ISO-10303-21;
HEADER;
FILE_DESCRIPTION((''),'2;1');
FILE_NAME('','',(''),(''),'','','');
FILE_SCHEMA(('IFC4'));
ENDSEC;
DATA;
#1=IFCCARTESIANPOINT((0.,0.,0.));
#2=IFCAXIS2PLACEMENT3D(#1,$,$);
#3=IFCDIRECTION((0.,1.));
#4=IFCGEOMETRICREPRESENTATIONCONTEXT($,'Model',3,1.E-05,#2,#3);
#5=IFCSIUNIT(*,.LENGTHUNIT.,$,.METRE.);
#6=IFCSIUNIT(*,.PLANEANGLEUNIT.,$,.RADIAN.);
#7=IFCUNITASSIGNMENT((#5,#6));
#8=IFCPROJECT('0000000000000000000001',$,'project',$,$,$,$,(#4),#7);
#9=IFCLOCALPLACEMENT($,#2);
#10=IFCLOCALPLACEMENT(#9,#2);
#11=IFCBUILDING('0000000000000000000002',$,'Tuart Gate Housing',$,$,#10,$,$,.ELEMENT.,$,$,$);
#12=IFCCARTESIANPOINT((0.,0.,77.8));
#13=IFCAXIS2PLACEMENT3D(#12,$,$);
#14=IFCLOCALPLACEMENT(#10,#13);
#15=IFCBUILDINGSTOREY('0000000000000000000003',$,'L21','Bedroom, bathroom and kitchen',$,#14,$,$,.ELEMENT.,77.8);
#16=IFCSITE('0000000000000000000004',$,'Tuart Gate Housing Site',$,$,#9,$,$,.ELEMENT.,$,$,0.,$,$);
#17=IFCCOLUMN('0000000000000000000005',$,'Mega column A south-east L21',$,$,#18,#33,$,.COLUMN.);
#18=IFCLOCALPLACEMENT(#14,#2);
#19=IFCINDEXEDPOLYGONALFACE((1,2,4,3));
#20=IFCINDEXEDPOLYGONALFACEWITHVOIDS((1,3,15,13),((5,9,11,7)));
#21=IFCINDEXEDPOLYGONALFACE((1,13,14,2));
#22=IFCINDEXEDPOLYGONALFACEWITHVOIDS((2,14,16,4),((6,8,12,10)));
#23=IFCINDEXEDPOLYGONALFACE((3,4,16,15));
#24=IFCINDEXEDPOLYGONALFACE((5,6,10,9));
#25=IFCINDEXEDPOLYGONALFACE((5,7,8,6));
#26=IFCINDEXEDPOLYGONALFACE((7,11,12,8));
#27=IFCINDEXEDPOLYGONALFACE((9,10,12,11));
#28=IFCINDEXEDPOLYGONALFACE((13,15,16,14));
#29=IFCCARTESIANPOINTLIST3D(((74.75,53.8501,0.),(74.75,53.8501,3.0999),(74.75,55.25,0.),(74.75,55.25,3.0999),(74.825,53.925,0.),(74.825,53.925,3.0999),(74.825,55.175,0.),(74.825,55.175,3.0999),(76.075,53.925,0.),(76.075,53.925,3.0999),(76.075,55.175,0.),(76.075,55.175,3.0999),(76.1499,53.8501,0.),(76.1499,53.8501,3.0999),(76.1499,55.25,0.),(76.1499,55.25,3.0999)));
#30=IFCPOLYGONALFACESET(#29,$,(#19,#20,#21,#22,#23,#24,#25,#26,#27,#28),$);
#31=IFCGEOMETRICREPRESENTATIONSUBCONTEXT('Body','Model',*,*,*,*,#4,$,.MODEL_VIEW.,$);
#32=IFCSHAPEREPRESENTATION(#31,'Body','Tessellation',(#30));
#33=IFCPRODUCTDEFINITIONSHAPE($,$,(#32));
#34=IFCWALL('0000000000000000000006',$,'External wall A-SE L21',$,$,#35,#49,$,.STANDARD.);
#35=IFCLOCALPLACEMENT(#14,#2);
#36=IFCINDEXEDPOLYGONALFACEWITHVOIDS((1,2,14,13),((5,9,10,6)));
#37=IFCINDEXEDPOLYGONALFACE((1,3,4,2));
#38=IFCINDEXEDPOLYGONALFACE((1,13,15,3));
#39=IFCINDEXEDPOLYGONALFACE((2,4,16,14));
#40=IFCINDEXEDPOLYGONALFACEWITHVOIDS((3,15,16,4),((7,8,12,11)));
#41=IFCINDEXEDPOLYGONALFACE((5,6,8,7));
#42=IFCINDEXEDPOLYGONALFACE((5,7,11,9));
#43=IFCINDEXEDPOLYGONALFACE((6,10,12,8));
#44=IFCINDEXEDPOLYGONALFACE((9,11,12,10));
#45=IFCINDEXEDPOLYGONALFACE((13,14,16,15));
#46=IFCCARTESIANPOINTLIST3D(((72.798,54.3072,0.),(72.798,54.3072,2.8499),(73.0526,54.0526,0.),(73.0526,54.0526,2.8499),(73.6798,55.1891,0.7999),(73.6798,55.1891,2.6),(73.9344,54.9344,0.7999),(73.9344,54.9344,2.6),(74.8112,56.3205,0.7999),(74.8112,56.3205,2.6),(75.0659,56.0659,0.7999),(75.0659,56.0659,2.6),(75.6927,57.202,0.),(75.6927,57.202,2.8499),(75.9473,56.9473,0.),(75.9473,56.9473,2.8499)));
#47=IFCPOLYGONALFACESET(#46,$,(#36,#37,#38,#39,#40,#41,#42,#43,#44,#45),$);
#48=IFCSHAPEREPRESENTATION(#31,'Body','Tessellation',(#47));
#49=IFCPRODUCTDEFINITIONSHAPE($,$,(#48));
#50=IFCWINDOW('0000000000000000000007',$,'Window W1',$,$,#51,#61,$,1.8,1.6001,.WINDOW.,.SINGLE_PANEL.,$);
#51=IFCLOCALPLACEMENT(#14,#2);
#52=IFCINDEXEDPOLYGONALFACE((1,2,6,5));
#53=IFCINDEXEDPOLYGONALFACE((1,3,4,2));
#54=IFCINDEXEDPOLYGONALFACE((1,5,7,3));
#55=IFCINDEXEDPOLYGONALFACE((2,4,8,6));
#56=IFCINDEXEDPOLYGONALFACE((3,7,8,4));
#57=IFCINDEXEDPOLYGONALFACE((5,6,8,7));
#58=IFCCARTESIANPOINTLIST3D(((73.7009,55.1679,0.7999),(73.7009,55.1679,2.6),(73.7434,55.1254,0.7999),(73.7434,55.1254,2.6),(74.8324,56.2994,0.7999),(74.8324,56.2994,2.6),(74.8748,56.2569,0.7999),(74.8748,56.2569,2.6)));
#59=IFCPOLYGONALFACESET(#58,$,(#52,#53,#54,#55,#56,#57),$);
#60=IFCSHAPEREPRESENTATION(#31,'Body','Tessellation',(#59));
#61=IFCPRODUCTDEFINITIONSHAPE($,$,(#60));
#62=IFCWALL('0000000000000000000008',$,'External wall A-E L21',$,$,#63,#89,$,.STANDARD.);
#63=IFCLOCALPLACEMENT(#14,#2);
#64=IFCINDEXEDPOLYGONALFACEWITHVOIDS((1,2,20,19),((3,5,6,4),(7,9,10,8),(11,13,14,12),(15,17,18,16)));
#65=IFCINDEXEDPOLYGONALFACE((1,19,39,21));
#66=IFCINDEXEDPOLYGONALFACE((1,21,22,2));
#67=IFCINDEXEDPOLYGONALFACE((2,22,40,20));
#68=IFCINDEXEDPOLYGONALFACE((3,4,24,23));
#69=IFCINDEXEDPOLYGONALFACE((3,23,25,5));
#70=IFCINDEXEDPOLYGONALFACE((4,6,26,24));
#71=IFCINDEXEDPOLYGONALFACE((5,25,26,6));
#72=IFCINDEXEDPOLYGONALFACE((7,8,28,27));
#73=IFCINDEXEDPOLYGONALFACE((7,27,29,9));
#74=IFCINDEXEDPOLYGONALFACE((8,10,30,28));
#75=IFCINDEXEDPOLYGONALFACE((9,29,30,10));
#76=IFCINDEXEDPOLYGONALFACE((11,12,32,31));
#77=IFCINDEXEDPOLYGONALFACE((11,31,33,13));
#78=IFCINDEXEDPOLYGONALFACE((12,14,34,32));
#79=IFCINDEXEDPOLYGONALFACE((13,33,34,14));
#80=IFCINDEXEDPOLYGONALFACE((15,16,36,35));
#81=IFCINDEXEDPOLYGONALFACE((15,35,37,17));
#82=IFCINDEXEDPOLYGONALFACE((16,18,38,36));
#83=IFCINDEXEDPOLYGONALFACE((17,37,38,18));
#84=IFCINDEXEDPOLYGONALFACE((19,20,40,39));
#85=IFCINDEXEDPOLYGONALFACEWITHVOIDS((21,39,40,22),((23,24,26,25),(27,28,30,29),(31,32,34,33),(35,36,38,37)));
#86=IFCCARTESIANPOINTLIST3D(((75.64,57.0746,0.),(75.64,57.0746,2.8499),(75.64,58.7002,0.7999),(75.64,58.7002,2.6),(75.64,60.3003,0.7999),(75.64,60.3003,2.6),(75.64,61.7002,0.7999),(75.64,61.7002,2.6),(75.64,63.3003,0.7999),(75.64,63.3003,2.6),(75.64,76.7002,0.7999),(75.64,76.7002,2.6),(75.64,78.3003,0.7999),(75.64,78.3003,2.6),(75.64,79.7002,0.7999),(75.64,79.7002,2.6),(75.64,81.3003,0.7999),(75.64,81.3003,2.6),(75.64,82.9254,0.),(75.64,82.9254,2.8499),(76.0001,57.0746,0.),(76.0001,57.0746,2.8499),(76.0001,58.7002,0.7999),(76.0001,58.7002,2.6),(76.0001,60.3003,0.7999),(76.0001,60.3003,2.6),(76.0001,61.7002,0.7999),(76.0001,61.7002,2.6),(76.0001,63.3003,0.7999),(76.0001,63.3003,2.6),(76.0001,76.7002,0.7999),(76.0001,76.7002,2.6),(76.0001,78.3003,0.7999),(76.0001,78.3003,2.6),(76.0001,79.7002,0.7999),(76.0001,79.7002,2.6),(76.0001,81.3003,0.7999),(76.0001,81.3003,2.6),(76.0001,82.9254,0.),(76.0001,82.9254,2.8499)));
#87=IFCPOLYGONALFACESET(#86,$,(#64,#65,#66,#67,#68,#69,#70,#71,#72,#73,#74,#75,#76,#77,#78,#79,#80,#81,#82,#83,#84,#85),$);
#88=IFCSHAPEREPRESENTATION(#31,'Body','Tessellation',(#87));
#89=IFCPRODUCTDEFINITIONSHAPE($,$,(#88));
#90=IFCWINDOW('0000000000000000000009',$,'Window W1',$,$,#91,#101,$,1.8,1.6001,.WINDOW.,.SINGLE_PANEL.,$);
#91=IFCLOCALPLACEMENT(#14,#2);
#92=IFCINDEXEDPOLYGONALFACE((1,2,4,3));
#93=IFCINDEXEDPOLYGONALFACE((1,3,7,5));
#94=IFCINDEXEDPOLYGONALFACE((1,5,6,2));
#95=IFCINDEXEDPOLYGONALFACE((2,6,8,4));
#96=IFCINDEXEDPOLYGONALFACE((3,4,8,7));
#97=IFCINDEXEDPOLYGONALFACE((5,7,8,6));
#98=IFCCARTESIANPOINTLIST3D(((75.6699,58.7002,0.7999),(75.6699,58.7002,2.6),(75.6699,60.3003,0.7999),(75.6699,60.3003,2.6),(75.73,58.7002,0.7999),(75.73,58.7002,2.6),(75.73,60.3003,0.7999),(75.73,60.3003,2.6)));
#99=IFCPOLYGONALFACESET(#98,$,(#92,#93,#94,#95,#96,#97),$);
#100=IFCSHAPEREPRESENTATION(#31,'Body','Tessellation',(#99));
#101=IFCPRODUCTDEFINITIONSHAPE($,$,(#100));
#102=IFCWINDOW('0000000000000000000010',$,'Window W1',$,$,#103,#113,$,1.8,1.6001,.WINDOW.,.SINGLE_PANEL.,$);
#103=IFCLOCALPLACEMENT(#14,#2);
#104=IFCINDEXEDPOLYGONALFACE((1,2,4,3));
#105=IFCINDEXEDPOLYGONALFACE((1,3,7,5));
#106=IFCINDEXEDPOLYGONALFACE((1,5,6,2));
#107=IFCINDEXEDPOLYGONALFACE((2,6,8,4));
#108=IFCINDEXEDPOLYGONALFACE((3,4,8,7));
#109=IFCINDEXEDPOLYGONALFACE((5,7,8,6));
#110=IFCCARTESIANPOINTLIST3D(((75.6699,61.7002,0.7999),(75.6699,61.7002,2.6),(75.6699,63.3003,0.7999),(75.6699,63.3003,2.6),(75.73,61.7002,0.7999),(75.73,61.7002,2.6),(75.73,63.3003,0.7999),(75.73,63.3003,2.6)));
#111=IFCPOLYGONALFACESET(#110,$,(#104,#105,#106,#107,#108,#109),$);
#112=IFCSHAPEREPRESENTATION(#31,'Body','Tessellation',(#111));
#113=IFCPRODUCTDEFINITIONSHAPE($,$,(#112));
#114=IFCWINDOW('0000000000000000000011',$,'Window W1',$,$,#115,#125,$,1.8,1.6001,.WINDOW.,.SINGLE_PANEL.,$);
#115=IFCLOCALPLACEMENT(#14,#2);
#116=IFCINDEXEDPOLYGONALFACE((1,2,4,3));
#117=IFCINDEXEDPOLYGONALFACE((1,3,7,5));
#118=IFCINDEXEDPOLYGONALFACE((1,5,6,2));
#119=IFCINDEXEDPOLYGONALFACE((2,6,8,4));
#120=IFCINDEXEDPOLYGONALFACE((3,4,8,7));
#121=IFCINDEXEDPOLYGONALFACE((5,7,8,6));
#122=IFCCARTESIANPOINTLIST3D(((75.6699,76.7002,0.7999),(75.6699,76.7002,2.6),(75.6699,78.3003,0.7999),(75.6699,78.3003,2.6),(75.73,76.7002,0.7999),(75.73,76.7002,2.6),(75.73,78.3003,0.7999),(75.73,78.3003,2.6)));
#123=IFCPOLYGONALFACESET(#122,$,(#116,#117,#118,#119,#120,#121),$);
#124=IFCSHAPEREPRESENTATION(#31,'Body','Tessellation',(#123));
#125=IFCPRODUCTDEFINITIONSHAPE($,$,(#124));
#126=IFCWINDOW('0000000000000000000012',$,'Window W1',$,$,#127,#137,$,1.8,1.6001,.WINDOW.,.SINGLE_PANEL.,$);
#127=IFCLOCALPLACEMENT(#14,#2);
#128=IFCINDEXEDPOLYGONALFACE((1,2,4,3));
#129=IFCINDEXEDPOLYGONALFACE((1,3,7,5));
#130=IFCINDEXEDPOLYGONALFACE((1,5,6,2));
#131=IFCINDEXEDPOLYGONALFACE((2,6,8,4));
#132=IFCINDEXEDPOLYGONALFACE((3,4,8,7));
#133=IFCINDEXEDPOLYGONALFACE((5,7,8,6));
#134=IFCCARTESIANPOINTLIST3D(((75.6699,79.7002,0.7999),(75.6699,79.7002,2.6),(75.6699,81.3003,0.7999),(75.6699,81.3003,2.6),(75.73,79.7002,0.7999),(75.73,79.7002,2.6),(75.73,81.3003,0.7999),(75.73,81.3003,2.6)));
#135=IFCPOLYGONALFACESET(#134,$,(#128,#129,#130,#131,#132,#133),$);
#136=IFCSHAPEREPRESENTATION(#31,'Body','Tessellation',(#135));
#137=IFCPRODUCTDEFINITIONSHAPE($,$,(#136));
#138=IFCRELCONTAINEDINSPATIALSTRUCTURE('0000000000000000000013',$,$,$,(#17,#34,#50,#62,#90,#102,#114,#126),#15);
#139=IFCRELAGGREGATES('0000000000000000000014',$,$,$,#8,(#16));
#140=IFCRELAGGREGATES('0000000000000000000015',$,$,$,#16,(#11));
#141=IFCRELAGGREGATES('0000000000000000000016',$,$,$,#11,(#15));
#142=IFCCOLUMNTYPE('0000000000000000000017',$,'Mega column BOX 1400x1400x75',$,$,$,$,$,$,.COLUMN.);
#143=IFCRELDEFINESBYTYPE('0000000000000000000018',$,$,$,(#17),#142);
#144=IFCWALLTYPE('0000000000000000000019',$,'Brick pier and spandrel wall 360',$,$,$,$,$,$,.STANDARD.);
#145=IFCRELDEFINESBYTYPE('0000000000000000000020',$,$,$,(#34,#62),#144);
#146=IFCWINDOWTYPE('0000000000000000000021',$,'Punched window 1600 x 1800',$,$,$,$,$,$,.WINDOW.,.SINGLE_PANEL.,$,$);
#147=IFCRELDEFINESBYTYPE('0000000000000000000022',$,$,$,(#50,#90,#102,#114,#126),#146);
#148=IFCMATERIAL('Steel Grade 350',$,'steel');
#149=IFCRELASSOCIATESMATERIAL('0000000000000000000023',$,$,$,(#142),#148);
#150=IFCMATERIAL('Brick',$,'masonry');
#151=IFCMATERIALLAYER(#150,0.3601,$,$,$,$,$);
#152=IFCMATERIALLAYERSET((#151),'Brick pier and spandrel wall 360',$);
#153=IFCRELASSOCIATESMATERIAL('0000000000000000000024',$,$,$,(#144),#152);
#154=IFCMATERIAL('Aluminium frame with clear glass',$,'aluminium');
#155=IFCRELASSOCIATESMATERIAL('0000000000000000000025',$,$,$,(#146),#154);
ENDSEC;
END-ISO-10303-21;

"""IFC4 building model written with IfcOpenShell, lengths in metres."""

from ifc_helpers import new_model, si_unit, direction, frame, frame_2d, origin, origin_2d, place, context, subcontext, project, spatial, rectangle, hollow_rectangle, extrude, material, layer, layer_set, material_profile, profile_set, type_object, element, fill, save


model = new_model("IFC4")

# Units and contexts
model_context = context("Model", 3, precision=1e-05, world=origin(), true_north=direction((0.0, 1.0)))
body_context = subcontext(model_context, "Body", "Model", "MODEL_VIEW")
ifc_project = project(units=[si_unit("LENGTHUNIT", "METRE"), si_unit("PLANEANGLEUNIT", "RADIAN")], contexts=[model_context])

# Site, building, storey
site_placement = place(None, origin())
site = spatial("IfcSite", under=ifc_project, at=site_placement, Name="Tuart Gate Housing Site", CompositionType="ELEMENT", RefElevation=0.0)
building_placement = place(site_placement, origin())
building = spatial("IfcBuilding", under=site, at=building_placement, Name="Tuart Gate Housing", CompositionType="ELEMENT")
storey_placement = place(building_placement, frame((0.0, 0.0, 77.8)))
storey = spatial("IfcBuildingStorey", under=building, at=storey_placement, Name="L21", Description="Bedroom, bathroom and kitchen", CompositionType="ELEMENT", Elevation=77.8)

# Column
ifc_material_1 = material(Name="Steel Grade 350", Category="steel")
ifc_material_profile = material_profile(ifc_material_1, hollow_rectangle(XDim=1.3999, YDim=1.3999, WallThickness=0.075, at=origin_2d()), Name="BOX 1400x1400x75")
ifc_profile_set = profile_set([ifc_material_profile], Name="Steel Grade 350")
column_type = type_object("IfcColumnType", Name="Mega column BOX 1400x1400x75", PredefinedType="COLUMN", material=ifc_profile_set)
column_placement = place(storey_placement, frame((75.45, 54.55, 0.0), z_axis=(0.0, 0.0, 1.0), x_axis=(1.0, 0.0, 0.0)))
element("IfcColumn", 1, at=column_placement, inside=storey, type_object=column_type, Name="Mega column A south-east L21", PredefinedType="COLUMN", context=body_context, shape_type="SweptSolid", body=[
    extrude(hollow_rectangle(XDim=1.3999, YDim=1.3999, WallThickness=0.075, at=origin_2d()), origin(), (0.0, 0.0, 1.0), 3.0999),
])

# Wall, opening, window
ifc_material_2 = material(Name="Brick", Category="masonry")
ifc_layer = layer(ifc_material_2, 0.3601)
ifc_layer_set = layer_set([ifc_layer], Name="Brick pier and spandrel wall 360")
wall_type = type_object("IfcWallType", Name="Brick pier and spandrel wall 360", PredefinedType="STANDARD", material=ifc_layer_set)
wall_1_placement = place(storey_placement, frame((72.9253, 54.1799, 0.0), z_axis=(0.0, 0.0, 1.0), x_axis=(0.707107, 0.707107, 0.0)))
wall_1 = element("IfcWall", 2, at=wall_1_placement, inside=storey, type_object=wall_type, Name="External wall A-SE L21", PredefinedType="STANDARD", context=body_context, shape_type="SweptSolid", body=[
    extrude(rectangle(XDim=4.0938, YDim=0.3601, at=frame_2d((2.0469, 0.0))), origin(), (0.0, 0.0, 1.0), 2.8499),
])
opening_1_placement = place(wall_1_placement, frame((1.2471, 0.0, 0.8)))
opening_1 = element("IfcOpeningElement", 3, at=opening_1_placement, cuts=wall_1, PredefinedType="OPENING", context=body_context, shape_type="SweptSolid", body=[
    extrude(rectangle(XDim=1.6001, YDim=1.8, at=frame_2d((0.8, 0.8999))), frame((0.0, 0.1899, 0.0), z_axis=(0.0, -1.0, 0.0), x_axis=(1.0, 0.0, 0.0)), (0.0, 0.0, 1.0), 0.3801),
])
ifc_material_3 = material(Name="Aluminium frame with clear glass", Category="aluminium")
window_type = type_object("IfcWindowType", Name="Punched window 1600 x 1800", PartitioningType="SINGLE_PANEL", PredefinedType="WINDOW", material=ifc_material_3)
window_1_placement = place(opening_1_placement, origin())
window_1 = element("IfcWindow", 4, at=window_1_placement, inside=storey, type_object=window_type, Name="Window W1", OverallHeight=1.8, OverallWidth=1.6001, PartitioningType="SINGLE_PANEL", PredefinedType="WINDOW", context=body_context, shape_type="SweptSolid", body=[
    extrude(rectangle(XDim=1.6001, YDim=1.8, at=frame_2d((0.8, 0.8999))), frame((0.0, 0.1501, 0.0), z_axis=(0.0, -1.0, 0.0), x_axis=(1.0, 0.0, 0.0)), (0.0, 0.0, 1.0), 0.0601),
])
fill(opening_1, window_1)

# Wall, openings, windows
wall_2_placement = place(storey_placement, frame((75.8201, 57.0747, 0.0), z_axis=(0.0, 0.0, 1.0), x_axis=(0.0, 1.0, 0.0)))
wall_2 = element("IfcWall", 5, at=wall_2_placement, inside=storey, type_object=wall_type, Name="External wall A-E L21", PredefinedType="STANDARD", context=body_context, shape_type="SweptSolid", body=[
    extrude(rectangle(XDim=25.8508, YDim=0.3601, at=frame_2d((12.9253, 0.0))), origin(), (0.0, 0.0, 1.0), 2.8499),
])
opening_2_placement = place(wall_2_placement, frame((1.6255, 0.0, 0.8)))
opening_2 = element("IfcOpeningElement", 6, at=opening_2_placement, cuts=wall_2, PredefinedType="OPENING", context=body_context, shape_type="SweptSolid", body=[
    extrude(rectangle(XDim=1.6001, YDim=1.8, at=frame_2d((0.8, 0.8999))), frame((0.0, 0.1899, 0.0), z_axis=(0.0, -1.0, 0.0), x_axis=(1.0, 0.0, 0.0)), (0.0, 0.0, 1.0), 0.3801),
])
opening_3_placement = place(wall_2_placement, frame((4.6255, 0.0, 0.8)))
opening_3 = element("IfcOpeningElement", 7, at=opening_3_placement, cuts=wall_2, PredefinedType="OPENING", context=body_context, shape_type="SweptSolid", body=[
    extrude(rectangle(XDim=1.6001, YDim=1.8, at=frame_2d((0.8, 0.8999))), frame((0.0, 0.1899, 0.0), z_axis=(0.0, -1.0, 0.0), x_axis=(1.0, 0.0, 0.0)), (0.0, 0.0, 1.0), 0.3801),
])
opening_4_placement = place(wall_2_placement, frame((19.6255, 0.0, 0.8)))
opening_4 = element("IfcOpeningElement", 8, at=opening_4_placement, cuts=wall_2, PredefinedType="OPENING", context=body_context, shape_type="SweptSolid", body=[
    extrude(rectangle(XDim=1.6001, YDim=1.8, at=frame_2d((0.8, 0.8999))), frame((0.0, 0.1899, 0.0), z_axis=(0.0, -1.0, 0.0), x_axis=(1.0, 0.0, 0.0)), (0.0, 0.0, 1.0), 0.3801),
])
opening_5_placement = place(wall_2_placement, frame((22.6255, 0.0, 0.8)))
opening_5 = element("IfcOpeningElement", 9, at=opening_5_placement, cuts=wall_2, PredefinedType="OPENING", context=body_context, shape_type="SweptSolid", body=[
    extrude(rectangle(XDim=1.6001, YDim=1.8, at=frame_2d((0.8, 0.8999))), frame((0.0, 0.1899, 0.0), z_axis=(0.0, -1.0, 0.0), x_axis=(1.0, 0.0, 0.0)), (0.0, 0.0, 1.0), 0.3801),
])
window_2_placement = place(opening_2_placement, origin())
window_2 = element("IfcWindow", 10, at=window_2_placement, inside=storey, type_object=window_type, Name="Window W1", OverallHeight=1.8, OverallWidth=1.6001, PartitioningType="SINGLE_PANEL", PredefinedType="WINDOW", context=body_context, shape_type="SweptSolid", body=[
    extrude(rectangle(XDim=1.6001, YDim=1.8, at=frame_2d((0.8, 0.8999))), frame((0.0, 0.1501, 0.0), z_axis=(0.0, -1.0, 0.0), x_axis=(1.0, 0.0, 0.0)), (0.0, 0.0, 1.0), 0.0601),
])
fill(opening_2, window_2)
window_3_placement = place(opening_3_placement, origin())
window_3 = element("IfcWindow", 11, at=window_3_placement, inside=storey, type_object=window_type, Name="Window W1", OverallHeight=1.8, OverallWidth=1.6001, PartitioningType="SINGLE_PANEL", PredefinedType="WINDOW", context=body_context, shape_type="SweptSolid", body=[
    extrude(rectangle(XDim=1.6001, YDim=1.8, at=frame_2d((0.8, 0.8999))), frame((0.0, 0.1501, 0.0), z_axis=(0.0, -1.0, 0.0), x_axis=(1.0, 0.0, 0.0)), (0.0, 0.0, 1.0), 0.0601),
])
fill(opening_3, window_3)
window_4_placement = place(opening_4_placement, origin())
window_4 = element("IfcWindow", 12, at=window_4_placement, inside=storey, type_object=window_type, Name="Window W1", OverallHeight=1.8, OverallWidth=1.6001, PartitioningType="SINGLE_PANEL", PredefinedType="WINDOW", context=body_context, shape_type="SweptSolid", body=[
    extrude(rectangle(XDim=1.6001, YDim=1.8, at=frame_2d((0.8, 0.8999))), frame((0.0, 0.1501, 0.0), z_axis=(0.0, -1.0, 0.0), x_axis=(1.0, 0.0, 0.0)), (0.0, 0.0, 1.0), 0.0601),
])
fill(opening_4, window_4)
window_5_placement = place(opening_5_placement, origin())
window_5 = element("IfcWindow", 13, at=window_5_placement, inside=storey, type_object=window_type, Name="Window W1", OverallHeight=1.8, OverallWidth=1.6001, PartitioningType="SINGLE_PANEL", PredefinedType="WINDOW", context=body_context, shape_type="SweptSolid", body=[
    extrude(rectangle(XDim=1.6001, YDim=1.8, at=frame_2d((0.8, 0.8999))), frame((0.0, 0.1501, 0.0), z_axis=(0.0, -1.0, 0.0), x_axis=(1.0, 0.0, 0.0)), (0.0, 0.0, 1.0), 0.0601),
])
fill(opening_5, window_5)

save(model, "model.ifc")
